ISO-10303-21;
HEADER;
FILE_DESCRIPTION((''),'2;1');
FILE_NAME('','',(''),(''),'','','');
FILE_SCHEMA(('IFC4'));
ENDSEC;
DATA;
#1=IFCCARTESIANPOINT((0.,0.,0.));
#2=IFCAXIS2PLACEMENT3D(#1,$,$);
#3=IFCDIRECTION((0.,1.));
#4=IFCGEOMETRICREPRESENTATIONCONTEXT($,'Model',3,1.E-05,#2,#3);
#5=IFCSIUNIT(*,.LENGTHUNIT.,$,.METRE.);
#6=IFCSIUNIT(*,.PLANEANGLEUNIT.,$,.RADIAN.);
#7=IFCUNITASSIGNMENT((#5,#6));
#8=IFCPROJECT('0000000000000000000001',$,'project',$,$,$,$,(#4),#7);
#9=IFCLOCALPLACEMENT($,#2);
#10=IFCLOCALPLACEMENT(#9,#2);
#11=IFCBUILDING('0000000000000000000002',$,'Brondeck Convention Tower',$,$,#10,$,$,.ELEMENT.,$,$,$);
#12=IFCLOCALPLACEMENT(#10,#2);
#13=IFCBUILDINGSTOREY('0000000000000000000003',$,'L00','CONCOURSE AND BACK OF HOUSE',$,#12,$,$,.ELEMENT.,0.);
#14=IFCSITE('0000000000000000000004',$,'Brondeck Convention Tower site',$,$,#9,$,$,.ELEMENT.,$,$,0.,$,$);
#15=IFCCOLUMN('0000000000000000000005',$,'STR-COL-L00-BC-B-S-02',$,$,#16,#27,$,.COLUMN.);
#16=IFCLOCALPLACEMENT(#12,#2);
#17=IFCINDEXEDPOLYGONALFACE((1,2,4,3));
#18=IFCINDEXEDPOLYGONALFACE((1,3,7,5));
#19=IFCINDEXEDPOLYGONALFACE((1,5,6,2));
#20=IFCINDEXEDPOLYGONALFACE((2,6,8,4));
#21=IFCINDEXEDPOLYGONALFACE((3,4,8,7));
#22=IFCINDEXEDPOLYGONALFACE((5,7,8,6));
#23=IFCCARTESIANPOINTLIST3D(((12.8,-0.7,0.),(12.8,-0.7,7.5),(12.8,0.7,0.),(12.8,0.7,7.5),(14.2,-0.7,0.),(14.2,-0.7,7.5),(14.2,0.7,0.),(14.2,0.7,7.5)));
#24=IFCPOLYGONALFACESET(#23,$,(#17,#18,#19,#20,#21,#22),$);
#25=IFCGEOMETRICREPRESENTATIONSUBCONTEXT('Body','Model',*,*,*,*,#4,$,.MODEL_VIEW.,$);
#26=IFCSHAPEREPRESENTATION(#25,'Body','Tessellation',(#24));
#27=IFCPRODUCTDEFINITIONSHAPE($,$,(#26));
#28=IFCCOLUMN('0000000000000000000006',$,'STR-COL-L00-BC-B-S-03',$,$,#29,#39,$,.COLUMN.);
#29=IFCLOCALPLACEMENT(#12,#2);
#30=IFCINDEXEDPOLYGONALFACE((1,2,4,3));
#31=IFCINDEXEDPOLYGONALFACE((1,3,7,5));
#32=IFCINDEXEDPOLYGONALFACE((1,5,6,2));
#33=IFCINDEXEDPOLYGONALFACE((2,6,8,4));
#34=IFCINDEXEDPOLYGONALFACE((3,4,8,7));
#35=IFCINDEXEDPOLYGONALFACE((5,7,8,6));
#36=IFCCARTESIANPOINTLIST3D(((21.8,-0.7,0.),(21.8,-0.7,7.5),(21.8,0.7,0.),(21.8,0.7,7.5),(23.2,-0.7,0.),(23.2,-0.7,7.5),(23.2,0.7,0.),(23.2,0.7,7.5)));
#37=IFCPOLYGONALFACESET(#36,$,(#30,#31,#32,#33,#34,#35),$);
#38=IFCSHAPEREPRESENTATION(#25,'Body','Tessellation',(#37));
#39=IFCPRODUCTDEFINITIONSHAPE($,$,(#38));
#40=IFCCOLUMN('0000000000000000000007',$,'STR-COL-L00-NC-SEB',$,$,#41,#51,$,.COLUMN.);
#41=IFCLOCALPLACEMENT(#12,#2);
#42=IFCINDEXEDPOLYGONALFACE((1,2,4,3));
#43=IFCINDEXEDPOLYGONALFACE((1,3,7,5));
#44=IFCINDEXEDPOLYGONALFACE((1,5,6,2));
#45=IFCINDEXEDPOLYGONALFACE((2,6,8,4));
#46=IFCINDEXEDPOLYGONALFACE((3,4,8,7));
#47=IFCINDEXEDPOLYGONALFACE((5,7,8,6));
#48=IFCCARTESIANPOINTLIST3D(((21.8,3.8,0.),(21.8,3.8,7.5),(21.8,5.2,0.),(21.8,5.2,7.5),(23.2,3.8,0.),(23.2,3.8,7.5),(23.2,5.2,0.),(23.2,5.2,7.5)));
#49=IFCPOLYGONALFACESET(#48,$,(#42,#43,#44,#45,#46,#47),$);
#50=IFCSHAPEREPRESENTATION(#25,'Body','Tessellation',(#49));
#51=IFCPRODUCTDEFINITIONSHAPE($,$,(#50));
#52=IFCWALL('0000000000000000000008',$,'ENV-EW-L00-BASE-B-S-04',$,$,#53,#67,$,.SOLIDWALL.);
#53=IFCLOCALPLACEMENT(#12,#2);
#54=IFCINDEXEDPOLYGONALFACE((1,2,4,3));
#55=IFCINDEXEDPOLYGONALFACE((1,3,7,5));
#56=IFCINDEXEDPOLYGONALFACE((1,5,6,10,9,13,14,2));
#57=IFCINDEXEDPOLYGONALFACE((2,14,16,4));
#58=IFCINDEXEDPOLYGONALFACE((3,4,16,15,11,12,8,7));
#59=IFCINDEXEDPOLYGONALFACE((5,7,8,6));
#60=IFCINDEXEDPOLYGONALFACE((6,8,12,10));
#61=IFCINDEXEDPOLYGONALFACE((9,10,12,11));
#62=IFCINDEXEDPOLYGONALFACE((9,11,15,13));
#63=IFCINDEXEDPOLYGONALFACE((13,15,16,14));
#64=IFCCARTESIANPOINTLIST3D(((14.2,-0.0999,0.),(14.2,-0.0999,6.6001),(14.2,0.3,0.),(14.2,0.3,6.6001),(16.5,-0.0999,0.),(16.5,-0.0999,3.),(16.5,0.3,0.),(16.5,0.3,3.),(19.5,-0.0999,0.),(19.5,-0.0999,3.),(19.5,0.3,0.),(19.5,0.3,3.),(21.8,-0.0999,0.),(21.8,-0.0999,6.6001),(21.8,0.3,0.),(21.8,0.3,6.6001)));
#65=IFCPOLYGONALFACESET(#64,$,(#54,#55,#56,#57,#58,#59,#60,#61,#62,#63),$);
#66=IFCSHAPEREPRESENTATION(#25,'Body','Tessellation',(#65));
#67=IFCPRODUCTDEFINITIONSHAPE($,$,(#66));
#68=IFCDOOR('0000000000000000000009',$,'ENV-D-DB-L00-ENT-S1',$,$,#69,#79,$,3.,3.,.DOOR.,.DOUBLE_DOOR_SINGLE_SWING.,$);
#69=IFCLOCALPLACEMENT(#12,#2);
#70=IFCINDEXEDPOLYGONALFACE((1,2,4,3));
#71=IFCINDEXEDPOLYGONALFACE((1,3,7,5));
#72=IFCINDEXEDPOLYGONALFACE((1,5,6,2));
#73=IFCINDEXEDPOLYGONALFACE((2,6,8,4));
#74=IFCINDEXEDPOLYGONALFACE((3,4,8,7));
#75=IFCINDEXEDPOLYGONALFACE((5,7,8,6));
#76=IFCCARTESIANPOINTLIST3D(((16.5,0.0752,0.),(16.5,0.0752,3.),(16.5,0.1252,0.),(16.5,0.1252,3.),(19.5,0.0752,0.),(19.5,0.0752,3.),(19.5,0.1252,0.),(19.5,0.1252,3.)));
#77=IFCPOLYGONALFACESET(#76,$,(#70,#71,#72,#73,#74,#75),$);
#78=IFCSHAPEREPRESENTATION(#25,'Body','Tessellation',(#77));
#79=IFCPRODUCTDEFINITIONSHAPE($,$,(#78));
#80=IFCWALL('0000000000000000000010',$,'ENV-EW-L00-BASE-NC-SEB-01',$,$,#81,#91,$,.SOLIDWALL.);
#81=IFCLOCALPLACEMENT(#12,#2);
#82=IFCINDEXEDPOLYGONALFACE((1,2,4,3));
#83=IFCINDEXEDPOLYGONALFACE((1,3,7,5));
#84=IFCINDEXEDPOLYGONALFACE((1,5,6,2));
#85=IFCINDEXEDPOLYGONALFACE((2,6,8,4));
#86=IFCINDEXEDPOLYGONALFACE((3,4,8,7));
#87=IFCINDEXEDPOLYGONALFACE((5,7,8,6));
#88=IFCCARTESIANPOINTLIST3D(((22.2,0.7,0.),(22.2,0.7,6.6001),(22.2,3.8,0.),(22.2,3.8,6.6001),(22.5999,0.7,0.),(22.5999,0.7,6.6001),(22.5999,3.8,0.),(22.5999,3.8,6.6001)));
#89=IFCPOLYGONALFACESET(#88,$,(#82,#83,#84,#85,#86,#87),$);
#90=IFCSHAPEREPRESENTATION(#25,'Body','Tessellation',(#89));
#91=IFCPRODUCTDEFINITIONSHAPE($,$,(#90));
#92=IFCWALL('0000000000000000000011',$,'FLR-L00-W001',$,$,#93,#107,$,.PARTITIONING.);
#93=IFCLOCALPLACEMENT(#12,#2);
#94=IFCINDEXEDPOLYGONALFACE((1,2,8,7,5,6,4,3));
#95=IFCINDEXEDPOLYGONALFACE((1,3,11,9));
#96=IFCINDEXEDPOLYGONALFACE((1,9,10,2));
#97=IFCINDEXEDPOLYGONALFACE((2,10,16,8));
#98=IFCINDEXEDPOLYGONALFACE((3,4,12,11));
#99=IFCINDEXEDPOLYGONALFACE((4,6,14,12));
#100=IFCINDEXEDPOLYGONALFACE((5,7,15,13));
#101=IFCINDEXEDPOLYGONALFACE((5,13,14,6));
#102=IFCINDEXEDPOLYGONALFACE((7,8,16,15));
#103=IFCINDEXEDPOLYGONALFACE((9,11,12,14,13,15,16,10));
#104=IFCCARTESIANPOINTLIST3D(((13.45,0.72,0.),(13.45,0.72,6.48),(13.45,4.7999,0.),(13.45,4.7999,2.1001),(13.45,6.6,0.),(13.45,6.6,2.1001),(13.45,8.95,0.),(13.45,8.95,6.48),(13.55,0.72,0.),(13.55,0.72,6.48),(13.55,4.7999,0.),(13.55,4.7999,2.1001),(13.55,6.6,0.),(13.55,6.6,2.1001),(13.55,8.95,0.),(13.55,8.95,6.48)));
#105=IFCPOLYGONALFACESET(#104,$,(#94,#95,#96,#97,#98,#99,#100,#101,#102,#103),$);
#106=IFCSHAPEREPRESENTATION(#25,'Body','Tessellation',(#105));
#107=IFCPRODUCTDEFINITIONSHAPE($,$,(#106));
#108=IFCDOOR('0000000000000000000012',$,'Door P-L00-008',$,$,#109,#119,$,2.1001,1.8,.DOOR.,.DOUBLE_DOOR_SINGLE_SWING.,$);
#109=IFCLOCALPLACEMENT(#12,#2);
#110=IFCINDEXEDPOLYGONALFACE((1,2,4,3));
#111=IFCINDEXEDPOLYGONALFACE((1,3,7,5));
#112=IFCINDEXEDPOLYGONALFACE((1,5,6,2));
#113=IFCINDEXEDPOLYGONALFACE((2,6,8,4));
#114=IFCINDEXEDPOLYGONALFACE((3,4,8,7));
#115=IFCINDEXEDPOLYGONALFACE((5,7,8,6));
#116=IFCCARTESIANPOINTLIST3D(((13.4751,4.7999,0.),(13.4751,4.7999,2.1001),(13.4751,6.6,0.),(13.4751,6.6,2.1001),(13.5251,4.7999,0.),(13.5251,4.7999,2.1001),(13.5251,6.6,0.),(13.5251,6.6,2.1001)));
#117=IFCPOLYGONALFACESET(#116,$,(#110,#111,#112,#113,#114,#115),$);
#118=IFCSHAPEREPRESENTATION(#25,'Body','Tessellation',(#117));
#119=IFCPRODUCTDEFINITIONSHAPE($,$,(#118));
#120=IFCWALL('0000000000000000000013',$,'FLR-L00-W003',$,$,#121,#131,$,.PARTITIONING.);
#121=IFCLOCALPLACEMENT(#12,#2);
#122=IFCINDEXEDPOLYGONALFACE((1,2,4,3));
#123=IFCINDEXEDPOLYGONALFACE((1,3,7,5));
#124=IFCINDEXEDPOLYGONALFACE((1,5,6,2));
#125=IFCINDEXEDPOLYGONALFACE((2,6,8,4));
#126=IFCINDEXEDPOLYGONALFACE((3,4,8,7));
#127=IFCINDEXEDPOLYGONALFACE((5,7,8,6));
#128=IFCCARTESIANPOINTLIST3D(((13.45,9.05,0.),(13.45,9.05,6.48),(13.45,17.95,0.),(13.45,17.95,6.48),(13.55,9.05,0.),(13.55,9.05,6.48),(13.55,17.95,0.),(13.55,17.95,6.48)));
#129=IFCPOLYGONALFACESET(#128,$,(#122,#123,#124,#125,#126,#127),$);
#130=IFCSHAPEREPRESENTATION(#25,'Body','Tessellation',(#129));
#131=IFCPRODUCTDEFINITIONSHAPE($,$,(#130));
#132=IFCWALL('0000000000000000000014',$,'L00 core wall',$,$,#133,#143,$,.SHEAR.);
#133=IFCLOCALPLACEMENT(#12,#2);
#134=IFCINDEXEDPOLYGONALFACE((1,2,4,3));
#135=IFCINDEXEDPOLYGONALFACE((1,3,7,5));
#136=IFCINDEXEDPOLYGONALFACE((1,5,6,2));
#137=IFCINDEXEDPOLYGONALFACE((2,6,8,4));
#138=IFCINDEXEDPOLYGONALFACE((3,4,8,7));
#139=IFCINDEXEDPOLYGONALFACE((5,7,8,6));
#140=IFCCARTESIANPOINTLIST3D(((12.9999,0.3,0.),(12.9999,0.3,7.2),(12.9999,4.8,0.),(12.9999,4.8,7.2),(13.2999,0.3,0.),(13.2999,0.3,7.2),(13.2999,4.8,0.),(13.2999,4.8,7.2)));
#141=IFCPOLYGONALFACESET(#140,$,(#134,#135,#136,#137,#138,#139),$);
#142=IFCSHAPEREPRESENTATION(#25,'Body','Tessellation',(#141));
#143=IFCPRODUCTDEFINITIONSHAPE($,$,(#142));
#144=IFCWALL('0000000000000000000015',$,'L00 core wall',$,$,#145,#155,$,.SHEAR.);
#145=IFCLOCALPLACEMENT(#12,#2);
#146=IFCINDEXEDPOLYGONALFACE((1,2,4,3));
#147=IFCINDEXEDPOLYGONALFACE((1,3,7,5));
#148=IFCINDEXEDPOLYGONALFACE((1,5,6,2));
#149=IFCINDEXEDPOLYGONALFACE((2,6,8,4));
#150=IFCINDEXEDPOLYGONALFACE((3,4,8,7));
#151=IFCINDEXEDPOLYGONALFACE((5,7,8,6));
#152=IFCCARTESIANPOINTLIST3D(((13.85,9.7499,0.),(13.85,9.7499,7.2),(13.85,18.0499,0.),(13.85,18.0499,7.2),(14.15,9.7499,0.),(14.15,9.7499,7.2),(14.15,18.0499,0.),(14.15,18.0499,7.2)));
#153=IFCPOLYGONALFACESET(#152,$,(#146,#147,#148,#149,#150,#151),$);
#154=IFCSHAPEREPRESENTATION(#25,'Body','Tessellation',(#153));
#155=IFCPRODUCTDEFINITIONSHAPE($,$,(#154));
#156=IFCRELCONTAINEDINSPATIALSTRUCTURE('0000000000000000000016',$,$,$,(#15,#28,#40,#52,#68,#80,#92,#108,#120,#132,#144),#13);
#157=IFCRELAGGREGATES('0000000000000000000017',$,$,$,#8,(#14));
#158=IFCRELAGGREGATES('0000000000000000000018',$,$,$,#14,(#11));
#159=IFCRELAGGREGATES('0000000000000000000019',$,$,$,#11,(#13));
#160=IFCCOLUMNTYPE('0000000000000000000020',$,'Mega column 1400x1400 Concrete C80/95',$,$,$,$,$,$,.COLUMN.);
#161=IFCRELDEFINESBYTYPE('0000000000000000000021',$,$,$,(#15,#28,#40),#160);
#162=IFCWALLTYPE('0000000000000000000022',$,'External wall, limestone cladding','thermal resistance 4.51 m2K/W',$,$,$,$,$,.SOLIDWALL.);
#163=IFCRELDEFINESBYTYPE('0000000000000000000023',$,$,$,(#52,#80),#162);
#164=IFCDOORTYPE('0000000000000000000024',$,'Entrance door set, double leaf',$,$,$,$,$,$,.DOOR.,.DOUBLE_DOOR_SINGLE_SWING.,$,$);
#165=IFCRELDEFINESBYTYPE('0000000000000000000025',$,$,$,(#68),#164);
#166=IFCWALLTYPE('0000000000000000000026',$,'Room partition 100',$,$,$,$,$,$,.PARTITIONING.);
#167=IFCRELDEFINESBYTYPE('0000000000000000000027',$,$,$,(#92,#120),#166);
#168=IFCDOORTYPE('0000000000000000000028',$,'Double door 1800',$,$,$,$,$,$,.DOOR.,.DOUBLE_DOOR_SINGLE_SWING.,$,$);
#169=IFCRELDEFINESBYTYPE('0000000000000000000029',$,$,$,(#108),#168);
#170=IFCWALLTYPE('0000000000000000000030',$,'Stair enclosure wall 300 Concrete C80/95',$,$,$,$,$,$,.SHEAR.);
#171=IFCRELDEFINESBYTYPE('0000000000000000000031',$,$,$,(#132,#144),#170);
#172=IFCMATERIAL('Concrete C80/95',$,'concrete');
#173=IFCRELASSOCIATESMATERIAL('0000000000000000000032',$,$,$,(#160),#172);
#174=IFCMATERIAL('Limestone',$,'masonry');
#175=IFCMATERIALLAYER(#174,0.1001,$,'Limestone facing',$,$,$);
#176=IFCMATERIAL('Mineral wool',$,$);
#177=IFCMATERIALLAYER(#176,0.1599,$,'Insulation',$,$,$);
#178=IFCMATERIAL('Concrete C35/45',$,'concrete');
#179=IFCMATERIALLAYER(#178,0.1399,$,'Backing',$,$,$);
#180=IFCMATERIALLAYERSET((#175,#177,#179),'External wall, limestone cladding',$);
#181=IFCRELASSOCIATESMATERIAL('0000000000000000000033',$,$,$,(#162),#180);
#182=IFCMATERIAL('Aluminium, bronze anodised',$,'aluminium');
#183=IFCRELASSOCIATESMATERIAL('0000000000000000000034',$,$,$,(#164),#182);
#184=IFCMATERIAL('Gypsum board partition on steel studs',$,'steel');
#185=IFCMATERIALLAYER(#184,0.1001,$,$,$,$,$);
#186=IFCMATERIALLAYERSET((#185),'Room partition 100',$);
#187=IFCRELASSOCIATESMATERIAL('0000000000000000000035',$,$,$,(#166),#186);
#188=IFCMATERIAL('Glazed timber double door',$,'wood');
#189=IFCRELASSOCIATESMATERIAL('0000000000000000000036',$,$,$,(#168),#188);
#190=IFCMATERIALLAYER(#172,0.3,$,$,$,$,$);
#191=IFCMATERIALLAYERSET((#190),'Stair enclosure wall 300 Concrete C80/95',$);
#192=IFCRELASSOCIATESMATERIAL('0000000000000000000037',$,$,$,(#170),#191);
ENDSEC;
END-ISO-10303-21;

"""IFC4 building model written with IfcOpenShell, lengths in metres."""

from ifc_helpers import new_model, si_unit, direction, frame, frame_2d, origin, origin_2d, place, context, subcontext, project, spatial, rectangle, extrude, material, layer, layer_set, material_profile, profile_set, type_object, element, fill, save


model = new_model("IFC4")

# Units and contexts
model_context = context("Model", 3, precision=1e-05, world=origin(), true_north=direction((0.0, 1.0)))
body_context = subcontext(model_context, "Body", "Model", "MODEL_VIEW")
ifc_project = project(units=[si_unit("LENGTHUNIT", "METRE"), si_unit("PLANEANGLEUNIT", "RADIAN")], contexts=[model_context])

# Site, building, storey
site_placement = place(None, origin())
site = spatial("IfcSite", under=ifc_project, at=site_placement, Name="Brondeck Convention Tower site", CompositionType="ELEMENT", RefElevation=0.0)
building_placement = place(site_placement, origin())
building = spatial("IfcBuilding", under=site, at=building_placement, Name="Brondeck Convention Tower", CompositionType="ELEMENT")
storey_placement = place(building_placement, origin())
storey = spatial("IfcBuildingStorey", under=building, at=storey_placement, Name="L00", Description="CONCOURSE AND BACK OF HOUSE", CompositionType="ELEMENT", Elevation=0.0)

# Columns
ifc_material_1 = material(Name="Concrete C80/95", Category="concrete")
ifc_material_profile = material_profile(ifc_material_1, rectangle(XDim=1.3999, YDim=1.3999, at=origin_2d()), Name="Mega column 1400x1400 Concrete C80/95")
ifc_profile_set = profile_set([ifc_material_profile], Name="Concrete C80/95")
column_type = type_object("IfcColumnType", Name="Mega column 1400x1400 Concrete C80/95", PredefinedType="COLUMN", material=ifc_profile_set)
for number, where, z_axis, x_axis, name in (
    (1, (13.5, 0.0, 0.0), (0.0, 0.0, 1.0), (1.0, 0.0, 0.0), "STR-COL-L00-BC-B-S-02"),
    (2, (22.5, 0.0, 0.0), (0.0, 0.0, 1.0), (1.0, 0.0, 0.0), "STR-COL-L00-BC-B-S-03"),
    (3, (22.5, 4.5, 0.0), (0.0, 0.0, 1.0), (1.0, 0.0, 0.0), "STR-COL-L00-NC-SEB"),
):
    element("IfcColumn", number, at=place(storey_placement, frame(where, z_axis=z_axis, x_axis=x_axis)), inside=storey, type_object=column_type, Name=name, PredefinedType="COLUMN", context=body_context, shape_type="SweptSolid", body=[
        extrude(rectangle(XDim=1.3999, YDim=1.3999, at=origin_2d()), origin(), (0.0, 0.0, 1.0), 7.5),
    ])

# Wall, opening, door
ifc_material_2 = material(Name="Limestone", Category="masonry")
ifc_layer_1 = layer(ifc_material_2, 0.1001, Name="Limestone facing")
ifc_material_3 = material(Name="Mineral wool")
ifc_layer_2 = layer(ifc_material_3, 0.1599, Name="Insulation")
ifc_material_4 = material(Name="Concrete C35/45", Category="concrete")
ifc_layer_3 = layer(ifc_material_4, 0.1399, Name="Backing")
ifc_layer_set_1 = layer_set([ifc_layer_1, ifc_layer_2, ifc_layer_3], Name="External wall, limestone cladding")
wall_type_1 = type_object("IfcWallType", Name="External wall, limestone cladding", Description="thermal resistance 4.51 m2K/W", PredefinedType="SOLIDWALL", material=ifc_layer_set_1)
wall_1_placement = place(storey_placement, frame((21.8, 0.1001, 0.0), z_axis=(0.0, 0.0, 1.0), x_axis=(-1.0, 0.0, 0.0)))
wall_1 = element("IfcWall", 4, at=wall_1_placement, inside=storey, type_object=wall_type_1, Name="ENV-EW-L00-BASE-B-S-04", PredefinedType="SOLIDWALL", context=body_context, shape_type="SweptSolid", body=[
    extrude(rectangle(XDim=7.6001, YDim=0.3999, at=frame_2d((3.8, 0.0))), origin(), (0.0, 0.0, 1.0), 6.6001),
])
opening_1_placement = place(wall_1_placement, frame((2.3, 0.0, 0.0)))
opening_1 = element("IfcOpeningElement", 5, at=opening_1_placement, cuts=wall_1, PredefinedType="OPENING", context=body_context, shape_type="SweptSolid", body=[
    extrude(rectangle(XDim=3.0, YDim=3.0, at=frame_2d((1.5, 1.5))), frame((0.0, 0.21, 0.0), z_axis=(0.0, -1.0, 0.0), x_axis=(1.0, 0.0, 0.0)), (0.0, 0.0, 1.0), 0.4199),
])
ifc_material_5 = material(Name="Aluminium, bronze anodised", Category="aluminium")
door_type_1 = type_object("IfcDoorType", Name="Entrance door set, double leaf", OperationType="DOUBLE_DOOR_SINGLE_SWING", PredefinedType="DOOR", material=ifc_material_5)
door_1_placement = place(opening_1_placement, origin())
door_1 = element("IfcDoor", 6, at=door_1_placement, inside=storey, type_object=door_type_1, Name="ENV-D-DB-L00-ENT-S1", OperationType="DOUBLE_DOOR_SINGLE_SWING", OverallHeight=3.0, OverallWidth=3.0, PredefinedType="DOOR", context=body_context, shape_type="SweptSolid", body=[
    extrude(rectangle(XDim=3.0, YDim=3.0, at=frame_2d((1.5, 1.5))), frame((0.0, 0.0249, 0.0), z_axis=(0.0, -1.0, 0.0), x_axis=(1.0, 0.0, 0.0)), (0.0, 0.0, 1.0), 0.05),
])
fill(opening_1, door_1)

# Wall
wall_2_placement = place(storey_placement, frame((22.3999, 3.8, 0.0), z_axis=(0.0, 0.0, 1.0), x_axis=(0.0, -1.0, 0.0)))
element("IfcWall", 7, at=wall_2_placement, inside=storey, type_object=wall_type_1, Name="ENV-EW-L00-BASE-NC-SEB-01", PredefinedType="SOLIDWALL", context=body_context, shape_type="SweptSolid", body=[
    extrude(rectangle(XDim=3.1001, YDim=0.3999, at=frame_2d((1.55, 0.0))), origin(), (0.0, 0.0, 1.0), 6.6001),
])

# Wall, opening, door
ifc_material_6 = material(Name="Gypsum board partition on steel studs", Category="steel")
ifc_layer_4 = layer(ifc_material_6, 0.1001)
ifc_layer_set_2 = layer_set([ifc_layer_4], Name="Room partition 100")
wall_type_2 = type_object("IfcWallType", Name="Room partition 100", PredefinedType="PARTITIONING", material=ifc_layer_set_2)
wall_3_placement = place(storey_placement, frame((13.5, 0.72, 0.0), z_axis=(0.0, 0.0, 1.0), x_axis=(0.0, 1.0, 0.0)))
wall_3 = element("IfcWall", 8, at=wall_3_placement, inside=storey, type_object=wall_type_2, Name="FLR-L00-W001", PredefinedType="PARTITIONING", context=body_context, shape_type="SweptSolid", body=[
    extrude(rectangle(XDim=8.23, YDim=0.1001, at=frame_2d((4.115, 0.0))), origin(), (0.0, 0.0, 1.0), 6.48),
])
opening_2_placement = place(wall_3_placement, frame((4.0801, 0.0, 0.0)))
opening_2 = element("IfcOpeningElement", 9, at=opening_2_placement, cuts=wall_3, PredefinedType="OPENING", context=body_context, shape_type="SweptSolid", body=[
    extrude(rectangle(XDim=1.8, YDim=2.1001, at=frame_2d((0.8999, 1.05))), frame((0.0, 0.0601, 0.0), z_axis=(0.0, -1.0, 0.0), x_axis=(1.0, 0.0, 0.0)), (0.0, 0.0, 1.0), 0.1201),
])
ifc_material_7 = material(Name="Glazed timber double door", Category="wood")
door_type_2 = type_object("IfcDoorType", Name="Double door 1800", OperationType="DOUBLE_DOOR_SINGLE_SWING", PredefinedType="DOOR", material=ifc_material_7)
door_2_placement = place(opening_2_placement, origin())
door_2 = element("IfcDoor", 10, at=door_2_placement, inside=storey, type_object=door_type_2, Name="Door P-L00-008", OperationType="DOUBLE_DOOR_SINGLE_SWING", OverallHeight=2.1001, OverallWidth=1.8, PredefinedType="DOOR", context=body_context, shape_type="SweptSolid", body=[
    extrude(rectangle(XDim=1.8, YDim=2.1001, at=frame_2d((0.8999, 1.05))), frame((0.0, 0.0249, 0.0), z_axis=(0.0, -1.0, 0.0), x_axis=(1.0, 0.0, 0.0)), (0.0, 0.0, 1.0), 0.05),
])
fill(opening_2, door_2)

# Walls
wall_4_placement = place(storey_placement, frame((13.5, 9.05, 0.0), z_axis=(0.0, 0.0, 1.0), x_axis=(0.0, 1.0, 0.0)))
element("IfcWall", 11, at=wall_4_placement, inside=storey, type_object=wall_type_2, Name="FLR-L00-W003", PredefinedType="PARTITIONING", context=body_context, shape_type="SweptSolid", body=[
    extrude(rectangle(XDim=8.8999, YDim=0.1001, at=frame_2d((4.45, 0.0))), origin(), (0.0, 0.0, 1.0), 6.48),
])
ifc_layer_5 = layer(ifc_material_1, 0.3)
ifc_layer_set_3 = layer_set([ifc_layer_5], Name="Stair enclosure wall 300 Concrete C80/95")
wall_type_3 = type_object("IfcWallType", Name="Stair enclosure wall 300 Concrete C80/95", PredefinedType="SHEAR", material=ifc_layer_set_3)
wall_5_placement = place(storey_placement, frame((13.1499, 0.3, 0.0), z_axis=(0.0, 0.0, 1.0), x_axis=(0.0, 1.0, 0.0)))
element("IfcWall", 12, at=wall_5_placement, inside=storey, type_object=wall_type_3, Name="L00 core wall", PredefinedType="SHEAR", context=body_context, shape_type="SweptSolid", body=[
    extrude(rectangle(XDim=4.5, YDim=0.3, at=frame_2d((2.25, 0.0))), origin(), (0.0, 0.0, 1.0), 7.2),
])
wall_6_placement = place(storey_placement, frame((14.0, 9.75, 0.0), z_axis=(0.0, 0.0, 1.0), x_axis=(0.0, 1.0, 0.0)))
element("IfcWall", 13, at=wall_6_placement, inside=storey, type_object=wall_type_3, Name="L00 core wall", PredefinedType="SHEAR", context=body_context, shape_type="SweptSolid", body=[
    extrude(rectangle(XDim=8.3, YDim=0.3, at=frame_2d((4.1499, 0.0))), origin(), (0.0, 0.0, 1.0), 7.2),
])

save(model, "model.ifc")
